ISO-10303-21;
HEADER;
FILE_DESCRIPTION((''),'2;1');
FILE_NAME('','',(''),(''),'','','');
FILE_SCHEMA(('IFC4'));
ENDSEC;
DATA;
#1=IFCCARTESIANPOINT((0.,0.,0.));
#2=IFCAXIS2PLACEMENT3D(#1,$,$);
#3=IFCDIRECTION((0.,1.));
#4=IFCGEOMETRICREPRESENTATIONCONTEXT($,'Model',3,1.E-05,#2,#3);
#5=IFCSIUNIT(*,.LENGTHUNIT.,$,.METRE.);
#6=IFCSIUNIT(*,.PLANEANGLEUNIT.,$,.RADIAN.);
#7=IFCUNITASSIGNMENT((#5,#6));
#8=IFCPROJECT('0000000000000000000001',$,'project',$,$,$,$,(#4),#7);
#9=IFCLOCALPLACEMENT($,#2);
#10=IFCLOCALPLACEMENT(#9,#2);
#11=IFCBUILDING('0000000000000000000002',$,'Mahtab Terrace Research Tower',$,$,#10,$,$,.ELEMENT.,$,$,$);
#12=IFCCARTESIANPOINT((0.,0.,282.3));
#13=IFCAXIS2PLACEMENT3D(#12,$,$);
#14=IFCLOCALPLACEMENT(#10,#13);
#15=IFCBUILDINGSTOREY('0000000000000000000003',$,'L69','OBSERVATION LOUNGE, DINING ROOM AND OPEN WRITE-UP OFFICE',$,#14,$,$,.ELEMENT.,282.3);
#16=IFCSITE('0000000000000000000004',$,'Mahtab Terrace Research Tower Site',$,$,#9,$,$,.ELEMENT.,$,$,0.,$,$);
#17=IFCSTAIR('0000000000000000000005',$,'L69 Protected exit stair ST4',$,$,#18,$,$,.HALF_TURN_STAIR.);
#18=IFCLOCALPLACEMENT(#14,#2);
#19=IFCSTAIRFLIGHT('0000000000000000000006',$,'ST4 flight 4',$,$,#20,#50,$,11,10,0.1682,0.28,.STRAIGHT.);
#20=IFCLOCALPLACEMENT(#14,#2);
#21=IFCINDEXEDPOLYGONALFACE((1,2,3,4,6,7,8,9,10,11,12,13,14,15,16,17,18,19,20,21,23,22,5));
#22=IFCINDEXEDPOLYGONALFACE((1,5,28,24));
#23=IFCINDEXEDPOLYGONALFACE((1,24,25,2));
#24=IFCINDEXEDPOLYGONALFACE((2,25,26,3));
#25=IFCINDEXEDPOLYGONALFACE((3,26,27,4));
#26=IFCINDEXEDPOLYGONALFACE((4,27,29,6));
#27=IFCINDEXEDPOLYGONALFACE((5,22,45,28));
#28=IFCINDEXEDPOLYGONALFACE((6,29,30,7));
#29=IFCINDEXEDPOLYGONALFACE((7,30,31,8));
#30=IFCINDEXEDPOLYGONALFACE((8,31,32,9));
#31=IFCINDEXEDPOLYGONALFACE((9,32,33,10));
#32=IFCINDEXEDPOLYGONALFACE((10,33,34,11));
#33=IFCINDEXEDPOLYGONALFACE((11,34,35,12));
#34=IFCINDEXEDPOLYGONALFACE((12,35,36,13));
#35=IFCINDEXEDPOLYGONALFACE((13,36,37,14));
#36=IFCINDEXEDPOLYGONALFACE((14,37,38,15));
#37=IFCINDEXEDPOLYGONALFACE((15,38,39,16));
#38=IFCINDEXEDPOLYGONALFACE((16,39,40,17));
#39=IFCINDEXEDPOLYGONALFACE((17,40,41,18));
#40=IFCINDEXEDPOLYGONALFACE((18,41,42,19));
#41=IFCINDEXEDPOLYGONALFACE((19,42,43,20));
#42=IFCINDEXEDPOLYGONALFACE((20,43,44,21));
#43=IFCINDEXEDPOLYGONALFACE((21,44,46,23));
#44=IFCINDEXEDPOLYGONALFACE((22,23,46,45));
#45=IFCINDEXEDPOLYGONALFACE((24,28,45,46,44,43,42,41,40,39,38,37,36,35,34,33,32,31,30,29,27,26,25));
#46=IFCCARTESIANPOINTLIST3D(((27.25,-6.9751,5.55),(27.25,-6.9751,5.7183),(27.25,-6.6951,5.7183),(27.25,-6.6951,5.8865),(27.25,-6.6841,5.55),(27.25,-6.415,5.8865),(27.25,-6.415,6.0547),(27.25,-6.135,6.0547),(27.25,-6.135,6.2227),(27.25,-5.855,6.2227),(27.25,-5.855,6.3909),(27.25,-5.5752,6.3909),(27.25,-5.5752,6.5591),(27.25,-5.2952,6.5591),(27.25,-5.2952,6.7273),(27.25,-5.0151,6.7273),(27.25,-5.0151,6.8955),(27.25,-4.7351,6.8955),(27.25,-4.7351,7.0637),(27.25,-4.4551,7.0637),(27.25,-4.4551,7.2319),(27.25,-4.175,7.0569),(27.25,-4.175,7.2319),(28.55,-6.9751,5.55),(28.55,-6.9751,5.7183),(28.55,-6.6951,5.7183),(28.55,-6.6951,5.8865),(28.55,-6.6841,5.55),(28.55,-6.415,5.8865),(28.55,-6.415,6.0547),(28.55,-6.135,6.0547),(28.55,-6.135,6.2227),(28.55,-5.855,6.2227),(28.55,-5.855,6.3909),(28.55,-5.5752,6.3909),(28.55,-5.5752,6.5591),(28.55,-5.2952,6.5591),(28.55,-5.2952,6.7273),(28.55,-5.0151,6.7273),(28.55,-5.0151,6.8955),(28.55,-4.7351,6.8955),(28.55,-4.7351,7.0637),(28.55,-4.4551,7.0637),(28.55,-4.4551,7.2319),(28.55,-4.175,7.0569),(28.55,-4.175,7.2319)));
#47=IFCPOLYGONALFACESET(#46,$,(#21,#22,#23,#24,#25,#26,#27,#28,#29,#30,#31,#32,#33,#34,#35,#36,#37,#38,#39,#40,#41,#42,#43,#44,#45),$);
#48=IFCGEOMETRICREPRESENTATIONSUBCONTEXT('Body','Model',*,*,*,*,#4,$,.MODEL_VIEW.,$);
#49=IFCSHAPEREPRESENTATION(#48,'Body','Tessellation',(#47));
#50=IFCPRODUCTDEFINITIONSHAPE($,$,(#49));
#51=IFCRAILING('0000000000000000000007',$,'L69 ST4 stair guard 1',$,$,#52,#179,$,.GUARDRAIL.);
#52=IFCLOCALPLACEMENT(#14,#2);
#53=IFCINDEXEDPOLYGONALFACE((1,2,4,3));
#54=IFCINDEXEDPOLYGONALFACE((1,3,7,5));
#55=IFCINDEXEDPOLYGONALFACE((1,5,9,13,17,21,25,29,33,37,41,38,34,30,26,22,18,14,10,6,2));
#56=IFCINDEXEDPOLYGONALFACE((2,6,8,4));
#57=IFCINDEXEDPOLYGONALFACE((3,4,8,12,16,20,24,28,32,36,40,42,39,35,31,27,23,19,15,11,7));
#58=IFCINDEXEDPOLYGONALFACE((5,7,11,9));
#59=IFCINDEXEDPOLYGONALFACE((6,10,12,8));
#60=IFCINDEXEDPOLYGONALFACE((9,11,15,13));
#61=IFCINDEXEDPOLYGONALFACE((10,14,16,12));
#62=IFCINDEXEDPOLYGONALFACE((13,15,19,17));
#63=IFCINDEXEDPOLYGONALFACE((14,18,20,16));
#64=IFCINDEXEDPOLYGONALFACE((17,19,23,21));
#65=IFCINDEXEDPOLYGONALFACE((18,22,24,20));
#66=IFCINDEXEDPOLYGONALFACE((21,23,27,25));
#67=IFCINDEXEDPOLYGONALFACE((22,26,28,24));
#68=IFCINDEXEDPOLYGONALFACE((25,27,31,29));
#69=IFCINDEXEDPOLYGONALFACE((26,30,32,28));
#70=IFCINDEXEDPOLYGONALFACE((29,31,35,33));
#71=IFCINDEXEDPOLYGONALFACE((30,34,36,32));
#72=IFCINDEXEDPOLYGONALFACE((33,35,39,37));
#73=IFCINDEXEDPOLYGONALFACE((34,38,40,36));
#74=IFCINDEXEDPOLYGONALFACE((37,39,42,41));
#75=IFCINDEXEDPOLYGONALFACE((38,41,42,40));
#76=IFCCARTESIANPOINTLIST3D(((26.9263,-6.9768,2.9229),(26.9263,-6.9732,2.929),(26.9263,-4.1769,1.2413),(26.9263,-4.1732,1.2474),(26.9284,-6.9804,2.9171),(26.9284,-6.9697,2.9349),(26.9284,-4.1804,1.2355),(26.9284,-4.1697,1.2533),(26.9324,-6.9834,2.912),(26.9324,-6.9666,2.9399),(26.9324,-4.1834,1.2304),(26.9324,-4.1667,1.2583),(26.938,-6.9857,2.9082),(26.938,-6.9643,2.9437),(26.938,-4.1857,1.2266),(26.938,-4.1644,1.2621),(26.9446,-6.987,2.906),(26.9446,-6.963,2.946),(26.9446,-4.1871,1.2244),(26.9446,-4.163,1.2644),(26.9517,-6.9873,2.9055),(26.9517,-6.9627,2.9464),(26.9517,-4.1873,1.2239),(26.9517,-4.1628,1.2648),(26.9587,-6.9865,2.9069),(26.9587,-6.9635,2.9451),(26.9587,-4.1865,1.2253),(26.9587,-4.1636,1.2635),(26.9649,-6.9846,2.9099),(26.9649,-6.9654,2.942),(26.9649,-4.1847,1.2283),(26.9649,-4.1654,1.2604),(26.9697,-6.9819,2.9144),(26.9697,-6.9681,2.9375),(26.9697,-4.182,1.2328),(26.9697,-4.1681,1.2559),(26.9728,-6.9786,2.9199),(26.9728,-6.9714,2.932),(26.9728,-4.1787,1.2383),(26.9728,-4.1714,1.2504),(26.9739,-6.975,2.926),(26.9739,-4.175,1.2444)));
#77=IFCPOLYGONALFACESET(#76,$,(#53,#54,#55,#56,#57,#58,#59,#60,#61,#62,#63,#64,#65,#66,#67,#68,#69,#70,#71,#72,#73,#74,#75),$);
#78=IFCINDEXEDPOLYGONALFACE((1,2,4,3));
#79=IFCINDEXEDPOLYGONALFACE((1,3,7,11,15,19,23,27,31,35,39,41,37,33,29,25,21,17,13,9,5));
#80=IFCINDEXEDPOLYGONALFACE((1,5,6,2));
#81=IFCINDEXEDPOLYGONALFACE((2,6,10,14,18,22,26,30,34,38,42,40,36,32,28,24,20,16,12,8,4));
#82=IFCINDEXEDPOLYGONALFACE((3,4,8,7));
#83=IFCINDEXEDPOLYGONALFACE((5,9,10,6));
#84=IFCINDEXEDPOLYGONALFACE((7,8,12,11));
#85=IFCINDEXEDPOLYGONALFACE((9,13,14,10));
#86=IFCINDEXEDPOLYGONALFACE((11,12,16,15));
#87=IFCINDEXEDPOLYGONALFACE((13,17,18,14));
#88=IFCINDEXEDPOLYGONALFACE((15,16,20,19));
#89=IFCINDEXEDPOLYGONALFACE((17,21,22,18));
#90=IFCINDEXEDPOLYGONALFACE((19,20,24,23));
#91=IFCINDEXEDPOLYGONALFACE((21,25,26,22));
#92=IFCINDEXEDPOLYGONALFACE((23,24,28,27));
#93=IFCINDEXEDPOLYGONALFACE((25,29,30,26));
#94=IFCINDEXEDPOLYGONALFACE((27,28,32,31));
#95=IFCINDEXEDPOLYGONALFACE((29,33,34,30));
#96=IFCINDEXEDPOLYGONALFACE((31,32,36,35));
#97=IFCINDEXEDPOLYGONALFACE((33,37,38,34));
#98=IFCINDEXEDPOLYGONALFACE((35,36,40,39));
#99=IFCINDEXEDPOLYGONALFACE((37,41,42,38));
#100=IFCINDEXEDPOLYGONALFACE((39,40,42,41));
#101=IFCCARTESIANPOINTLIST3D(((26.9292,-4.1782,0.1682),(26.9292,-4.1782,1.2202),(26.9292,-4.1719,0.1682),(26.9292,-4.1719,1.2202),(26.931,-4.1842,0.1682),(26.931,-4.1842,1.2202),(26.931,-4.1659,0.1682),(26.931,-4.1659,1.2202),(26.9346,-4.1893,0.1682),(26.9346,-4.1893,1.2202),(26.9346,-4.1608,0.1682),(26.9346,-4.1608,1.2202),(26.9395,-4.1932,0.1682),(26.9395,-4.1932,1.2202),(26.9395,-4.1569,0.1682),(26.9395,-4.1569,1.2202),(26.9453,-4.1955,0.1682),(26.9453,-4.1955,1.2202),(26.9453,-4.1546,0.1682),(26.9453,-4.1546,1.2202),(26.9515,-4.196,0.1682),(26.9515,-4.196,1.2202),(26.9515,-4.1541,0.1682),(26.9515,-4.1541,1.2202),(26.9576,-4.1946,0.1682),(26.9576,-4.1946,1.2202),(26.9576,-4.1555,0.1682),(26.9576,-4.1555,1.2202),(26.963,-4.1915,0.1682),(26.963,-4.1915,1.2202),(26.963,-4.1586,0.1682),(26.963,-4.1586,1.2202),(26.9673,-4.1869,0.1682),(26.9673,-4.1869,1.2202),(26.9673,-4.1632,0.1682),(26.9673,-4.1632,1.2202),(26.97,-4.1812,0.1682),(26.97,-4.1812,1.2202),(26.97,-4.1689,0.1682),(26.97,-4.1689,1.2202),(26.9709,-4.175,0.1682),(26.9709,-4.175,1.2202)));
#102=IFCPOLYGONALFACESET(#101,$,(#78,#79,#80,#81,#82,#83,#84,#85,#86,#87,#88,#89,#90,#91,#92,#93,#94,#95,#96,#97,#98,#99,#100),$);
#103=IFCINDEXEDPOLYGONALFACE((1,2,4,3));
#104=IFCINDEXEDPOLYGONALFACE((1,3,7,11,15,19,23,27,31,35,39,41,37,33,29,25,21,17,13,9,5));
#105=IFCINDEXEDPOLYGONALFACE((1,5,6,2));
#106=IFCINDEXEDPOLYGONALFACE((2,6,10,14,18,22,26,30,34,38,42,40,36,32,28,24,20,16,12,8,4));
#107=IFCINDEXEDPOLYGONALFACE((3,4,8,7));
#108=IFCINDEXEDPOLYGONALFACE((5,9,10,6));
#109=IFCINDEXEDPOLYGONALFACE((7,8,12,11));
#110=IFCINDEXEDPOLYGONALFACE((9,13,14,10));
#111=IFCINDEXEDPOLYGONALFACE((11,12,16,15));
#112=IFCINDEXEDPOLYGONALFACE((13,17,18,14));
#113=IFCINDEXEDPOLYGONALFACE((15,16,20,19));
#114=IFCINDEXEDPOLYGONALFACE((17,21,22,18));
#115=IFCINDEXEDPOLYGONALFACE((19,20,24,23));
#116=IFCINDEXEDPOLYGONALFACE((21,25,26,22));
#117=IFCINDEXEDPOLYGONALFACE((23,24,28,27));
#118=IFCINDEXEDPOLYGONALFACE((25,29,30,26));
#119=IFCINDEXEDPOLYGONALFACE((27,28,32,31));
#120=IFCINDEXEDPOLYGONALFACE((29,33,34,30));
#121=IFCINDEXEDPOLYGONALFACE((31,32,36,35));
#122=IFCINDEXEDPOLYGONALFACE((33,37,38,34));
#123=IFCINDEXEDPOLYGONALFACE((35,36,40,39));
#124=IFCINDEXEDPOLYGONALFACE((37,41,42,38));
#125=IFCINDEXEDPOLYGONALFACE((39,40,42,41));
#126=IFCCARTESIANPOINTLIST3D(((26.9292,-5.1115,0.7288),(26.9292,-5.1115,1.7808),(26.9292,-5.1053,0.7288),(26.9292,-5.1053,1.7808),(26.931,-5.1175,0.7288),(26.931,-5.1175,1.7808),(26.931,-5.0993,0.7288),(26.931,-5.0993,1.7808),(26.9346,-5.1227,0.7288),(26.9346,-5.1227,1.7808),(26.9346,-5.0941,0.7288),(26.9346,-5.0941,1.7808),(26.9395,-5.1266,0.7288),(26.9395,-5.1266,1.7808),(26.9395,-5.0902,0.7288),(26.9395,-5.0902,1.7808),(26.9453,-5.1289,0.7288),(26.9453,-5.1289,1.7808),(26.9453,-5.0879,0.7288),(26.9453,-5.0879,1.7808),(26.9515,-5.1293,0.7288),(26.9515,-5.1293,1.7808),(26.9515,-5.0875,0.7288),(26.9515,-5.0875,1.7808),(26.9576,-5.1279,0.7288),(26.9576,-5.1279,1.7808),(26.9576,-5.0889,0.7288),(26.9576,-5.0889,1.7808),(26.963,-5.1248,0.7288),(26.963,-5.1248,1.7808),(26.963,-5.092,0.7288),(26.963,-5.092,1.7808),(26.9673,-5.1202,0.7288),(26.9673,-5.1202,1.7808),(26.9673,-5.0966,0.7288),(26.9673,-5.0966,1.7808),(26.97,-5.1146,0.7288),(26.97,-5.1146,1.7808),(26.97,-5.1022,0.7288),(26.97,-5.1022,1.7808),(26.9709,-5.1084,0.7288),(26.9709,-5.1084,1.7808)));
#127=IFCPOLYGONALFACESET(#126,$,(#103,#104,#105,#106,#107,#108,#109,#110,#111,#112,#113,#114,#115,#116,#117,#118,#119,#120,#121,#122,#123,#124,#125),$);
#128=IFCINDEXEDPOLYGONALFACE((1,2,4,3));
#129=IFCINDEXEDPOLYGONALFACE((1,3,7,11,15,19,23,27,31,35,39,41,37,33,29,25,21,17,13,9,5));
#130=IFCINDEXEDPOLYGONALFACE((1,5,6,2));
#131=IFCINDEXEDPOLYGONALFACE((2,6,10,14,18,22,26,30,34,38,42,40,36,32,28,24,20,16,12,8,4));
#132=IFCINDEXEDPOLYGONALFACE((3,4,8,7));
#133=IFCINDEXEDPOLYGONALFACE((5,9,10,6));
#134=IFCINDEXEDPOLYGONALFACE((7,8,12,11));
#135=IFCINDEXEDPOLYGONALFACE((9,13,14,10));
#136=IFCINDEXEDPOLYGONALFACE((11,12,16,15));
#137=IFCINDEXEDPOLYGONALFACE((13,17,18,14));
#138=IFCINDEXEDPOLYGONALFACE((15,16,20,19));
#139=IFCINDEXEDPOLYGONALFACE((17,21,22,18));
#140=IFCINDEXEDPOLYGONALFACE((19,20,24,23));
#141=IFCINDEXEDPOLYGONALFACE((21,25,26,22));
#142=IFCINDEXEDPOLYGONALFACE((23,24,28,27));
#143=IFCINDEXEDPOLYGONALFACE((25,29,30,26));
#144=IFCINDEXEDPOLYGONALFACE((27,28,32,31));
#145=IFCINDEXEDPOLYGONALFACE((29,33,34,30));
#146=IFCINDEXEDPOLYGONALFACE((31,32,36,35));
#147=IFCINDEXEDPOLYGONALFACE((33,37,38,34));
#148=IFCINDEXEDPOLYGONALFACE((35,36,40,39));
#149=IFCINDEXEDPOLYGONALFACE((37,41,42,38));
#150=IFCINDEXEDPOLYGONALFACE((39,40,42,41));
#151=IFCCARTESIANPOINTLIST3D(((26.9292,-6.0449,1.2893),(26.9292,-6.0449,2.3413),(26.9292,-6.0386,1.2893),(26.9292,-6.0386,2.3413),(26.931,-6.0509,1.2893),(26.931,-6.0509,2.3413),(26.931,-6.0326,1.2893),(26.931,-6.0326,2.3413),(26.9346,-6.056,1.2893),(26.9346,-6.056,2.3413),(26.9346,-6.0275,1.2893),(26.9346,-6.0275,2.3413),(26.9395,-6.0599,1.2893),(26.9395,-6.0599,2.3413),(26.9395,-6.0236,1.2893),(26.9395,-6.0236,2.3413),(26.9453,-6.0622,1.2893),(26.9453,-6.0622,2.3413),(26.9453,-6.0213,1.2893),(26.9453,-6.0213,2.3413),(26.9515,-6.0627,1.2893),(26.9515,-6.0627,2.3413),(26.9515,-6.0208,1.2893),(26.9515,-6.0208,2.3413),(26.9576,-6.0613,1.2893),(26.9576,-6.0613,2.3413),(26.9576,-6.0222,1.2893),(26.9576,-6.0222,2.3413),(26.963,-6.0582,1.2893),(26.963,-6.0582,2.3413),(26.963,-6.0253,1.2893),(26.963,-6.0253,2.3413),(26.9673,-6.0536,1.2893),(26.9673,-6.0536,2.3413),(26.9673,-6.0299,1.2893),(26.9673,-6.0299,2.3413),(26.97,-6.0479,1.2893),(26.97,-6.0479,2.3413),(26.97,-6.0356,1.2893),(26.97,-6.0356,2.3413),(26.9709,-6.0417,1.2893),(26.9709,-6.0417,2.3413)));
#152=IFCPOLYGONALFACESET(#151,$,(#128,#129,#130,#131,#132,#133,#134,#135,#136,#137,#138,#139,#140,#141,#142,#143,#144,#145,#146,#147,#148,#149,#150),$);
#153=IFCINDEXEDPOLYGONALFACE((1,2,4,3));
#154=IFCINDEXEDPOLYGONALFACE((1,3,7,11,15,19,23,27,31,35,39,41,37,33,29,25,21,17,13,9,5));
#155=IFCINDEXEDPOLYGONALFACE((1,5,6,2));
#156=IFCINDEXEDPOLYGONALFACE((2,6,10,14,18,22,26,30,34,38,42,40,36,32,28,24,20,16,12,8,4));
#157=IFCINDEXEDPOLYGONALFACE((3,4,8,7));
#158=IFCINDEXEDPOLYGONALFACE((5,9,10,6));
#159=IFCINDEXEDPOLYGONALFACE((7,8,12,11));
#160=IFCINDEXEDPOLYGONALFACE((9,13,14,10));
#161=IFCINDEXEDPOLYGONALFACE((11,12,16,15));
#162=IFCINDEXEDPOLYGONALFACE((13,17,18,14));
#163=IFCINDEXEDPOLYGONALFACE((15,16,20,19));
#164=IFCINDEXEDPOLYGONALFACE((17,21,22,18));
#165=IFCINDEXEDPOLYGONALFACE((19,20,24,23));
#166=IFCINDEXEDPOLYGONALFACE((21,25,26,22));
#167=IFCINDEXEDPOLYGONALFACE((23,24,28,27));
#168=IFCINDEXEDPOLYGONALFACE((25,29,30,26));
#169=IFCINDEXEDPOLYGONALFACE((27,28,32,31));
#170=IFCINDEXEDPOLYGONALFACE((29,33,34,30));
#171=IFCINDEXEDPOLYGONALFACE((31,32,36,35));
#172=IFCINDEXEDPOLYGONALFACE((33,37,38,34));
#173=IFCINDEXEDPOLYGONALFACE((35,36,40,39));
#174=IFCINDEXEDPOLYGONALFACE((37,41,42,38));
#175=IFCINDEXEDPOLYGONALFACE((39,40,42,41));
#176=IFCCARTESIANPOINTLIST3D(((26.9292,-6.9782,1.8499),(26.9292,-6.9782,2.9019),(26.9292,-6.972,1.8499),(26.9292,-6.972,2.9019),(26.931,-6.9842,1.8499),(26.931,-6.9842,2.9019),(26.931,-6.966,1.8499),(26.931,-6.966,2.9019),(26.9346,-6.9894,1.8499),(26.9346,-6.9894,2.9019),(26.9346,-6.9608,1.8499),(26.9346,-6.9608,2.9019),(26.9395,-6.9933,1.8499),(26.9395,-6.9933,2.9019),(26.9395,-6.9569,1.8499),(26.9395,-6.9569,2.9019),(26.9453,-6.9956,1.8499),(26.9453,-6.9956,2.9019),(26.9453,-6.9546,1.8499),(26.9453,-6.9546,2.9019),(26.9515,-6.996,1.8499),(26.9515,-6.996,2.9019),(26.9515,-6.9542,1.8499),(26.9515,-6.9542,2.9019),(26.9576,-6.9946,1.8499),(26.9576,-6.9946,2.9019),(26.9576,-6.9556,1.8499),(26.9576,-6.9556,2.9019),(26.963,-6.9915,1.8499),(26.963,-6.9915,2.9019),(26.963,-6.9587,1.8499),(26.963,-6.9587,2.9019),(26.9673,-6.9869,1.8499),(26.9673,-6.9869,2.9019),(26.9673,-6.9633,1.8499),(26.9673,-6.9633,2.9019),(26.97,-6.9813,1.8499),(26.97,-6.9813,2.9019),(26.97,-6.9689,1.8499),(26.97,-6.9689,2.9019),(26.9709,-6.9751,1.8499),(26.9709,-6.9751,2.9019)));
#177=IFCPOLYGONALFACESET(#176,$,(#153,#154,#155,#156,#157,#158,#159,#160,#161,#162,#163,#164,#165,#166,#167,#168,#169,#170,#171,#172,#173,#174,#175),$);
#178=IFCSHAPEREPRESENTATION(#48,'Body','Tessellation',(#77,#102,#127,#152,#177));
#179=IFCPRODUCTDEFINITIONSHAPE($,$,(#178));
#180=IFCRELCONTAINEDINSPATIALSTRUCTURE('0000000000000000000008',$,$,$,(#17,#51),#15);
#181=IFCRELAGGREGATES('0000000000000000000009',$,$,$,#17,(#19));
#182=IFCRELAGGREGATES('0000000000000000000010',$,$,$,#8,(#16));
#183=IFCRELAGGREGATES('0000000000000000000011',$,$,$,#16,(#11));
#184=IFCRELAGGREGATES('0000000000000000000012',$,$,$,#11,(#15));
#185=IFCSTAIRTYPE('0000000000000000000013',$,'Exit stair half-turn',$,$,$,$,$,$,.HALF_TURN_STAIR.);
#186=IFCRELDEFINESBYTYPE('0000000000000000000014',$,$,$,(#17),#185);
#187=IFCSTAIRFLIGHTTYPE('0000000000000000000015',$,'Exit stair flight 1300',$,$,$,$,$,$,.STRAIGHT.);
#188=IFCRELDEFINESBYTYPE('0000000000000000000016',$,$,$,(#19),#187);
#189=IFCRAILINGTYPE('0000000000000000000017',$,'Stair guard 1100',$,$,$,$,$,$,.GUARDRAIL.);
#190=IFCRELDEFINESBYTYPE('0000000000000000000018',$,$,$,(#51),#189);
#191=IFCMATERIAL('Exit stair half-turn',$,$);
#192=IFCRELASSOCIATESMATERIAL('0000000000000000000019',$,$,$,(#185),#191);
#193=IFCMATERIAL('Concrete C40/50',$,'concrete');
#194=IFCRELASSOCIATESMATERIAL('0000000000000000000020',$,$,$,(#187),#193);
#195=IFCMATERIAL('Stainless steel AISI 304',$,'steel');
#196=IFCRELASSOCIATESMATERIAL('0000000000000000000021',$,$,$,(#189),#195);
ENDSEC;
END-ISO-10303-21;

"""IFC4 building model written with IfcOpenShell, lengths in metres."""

from ifc_helpers import new_model, si_unit, direction, frame, origin, origin_2d, place, context, subcontext, project, spatial, polyline, circle, outline, extrude, material, type_object, element, aggregate, save


model = new_model("IFC4")

# Units and contexts
model_context = context("Model", 3, precision=1e-05, world=origin(), true_north=direction((0.0, 1.0)))
body_context = subcontext(model_context, "Body", "Model", "MODEL_VIEW")
ifc_project = project(units=[si_unit("LENGTHUNIT", "METRE"), si_unit("PLANEANGLEUNIT", "RADIAN")], contexts=[model_context])

# Site, building, storey
site_placement = place(None, origin())
site = spatial("IfcSite", under=ifc_project, at=site_placement, Name="Mahtab Terrace Research Tower Site", CompositionType="ELEMENT", RefElevation=0.0)
building_placement = place(site_placement, origin())
building = spatial("IfcBuilding", under=site, at=building_placement, Name="Mahtab Terrace Research Tower", CompositionType="ELEMENT")
storey_placement = place(building_placement, frame((0.0, 0.0, 282.3)))
storey = spatial("IfcBuildingStorey", under=building, at=storey_placement, Name="L69", Description="OBSERVATION LOUNGE, DINING ROOM AND OPEN WRITE-UP OFFICE", CompositionType="ELEMENT", Elevation=282.3)

# Stair, stair flight
ifc_material_1 = material(Name="Exit stair half-turn")
stair_type = type_object("IfcStairType", Name="Exit stair half-turn", PredefinedType="HALF_TURN_STAIR", material=ifc_material_1)
stair_placement = place(storey_placement, origin())
stair = element("IfcStair", 1, at=stair_placement, inside=storey, type_object=stair_type, Name="L69 Protected exit stair ST4", PredefinedType="HALF_TURN_STAIR")
ifc_material_2 = material(Name="Concrete C40/50", Category="concrete")
stair_flight_type = type_object("IfcStairFlightType", Name="Exit stair flight 1300", PredefinedType="STRAIGHT", material=ifc_material_2)
stair_flight_1_placement = place(storey_placement, frame((27.8999, -6.9751, 5.55), z_axis=(0.0, 0.0, 1.0), x_axis=(0.0, 1.0, 0.0)))
stair_flight_1 = element("IfcStairFlight", 2, at=stair_flight_1_placement, type_object=stair_flight_type, Name="ST4 flight 4", NumberOfRisers=11, NumberOfTreads=10, PredefinedType="STRAIGHT", RiserHeight=0.1682, TreadLength=0.28, context=body_context, shape_type="SweptSolid", body=[
    extrude(outline(polyline([(0.0, 0.0), (0.0, 0.1682), (0.28, 0.1682), (0.28, 0.3364), (0.5601, 0.3364), (0.5601, 0.5046), (0.8401, 0.5046), (0.8401, 0.6726), (1.1201, 0.6726), (1.1201, 0.8408), (1.3999, 0.8408), (1.3999, 1.009), (1.6799, 1.009), (1.6799, 1.1772), (1.96, 1.1772), (1.96, 1.3455), (2.24, 1.3455), (2.24, 1.5137), (2.52, 1.5137), (2.52, 1.6819), (2.8, 1.6819), (2.8, 1.8501), (2.8, 1.5068), (0.291, 0.0), (0.0, 0.0)])), frame((0.0, 0.6499, 0.0), z_axis=(0.0, -1.0, 0.0), x_axis=(1.0, 0.0, 0.0)), (0.0, 0.0, 1.0), 1.3),
])
aggregate(stair, [stair_flight_1])

# Railing
ifc_material_3 = material(Name="Stainless steel AISI 304", Category="steel")
railing_type_1 = type_object("IfcRailingType", Name="Stair guard 1100", PredefinedType="GUARDRAIL", material=ifc_material_3)
railing_1_placement = place(storey_placement, frame((26.95, -4.175, 0.1682)))
element("IfcRailing", 3, at=railing_1_placement, inside=storey, type_object=railing_type_1, Name="L69 ST4 stair guard 1", PredefinedType="GUARDRAIL", context=body_context, shape_type="SweptSolid", body=[
    extrude(circle(Radius=0.0239, at=origin_2d()), frame((0.0, 0.0, 1.0762), z_axis=(0.0, -0.857275, 0.514858), x_axis=(1.0, 0.0, 0.0)), (0.0, 0.0, 1.0), 3.2661),
    extrude(circle(Radius=0.021, at=origin_2d()), origin(), (0.0, 0.0, 1.0), 1.052),
    extrude(circle(Radius=0.021, at=origin_2d()), frame((0.0, -0.9333, 0.5605)), (0.0, 0.0, 1.0), 1.052),
    extrude(circle(Radius=0.021, at=origin_2d()), frame((0.0, -1.8667, 1.1211)), (0.0, 0.0, 1.0), 1.052),
    extrude(circle(Radius=0.021, at=origin_2d()), frame((0.0, -2.8, 1.6816)), (0.0, 0.0, 1.0), 1.052),
])

save(model, "model.ifc")
